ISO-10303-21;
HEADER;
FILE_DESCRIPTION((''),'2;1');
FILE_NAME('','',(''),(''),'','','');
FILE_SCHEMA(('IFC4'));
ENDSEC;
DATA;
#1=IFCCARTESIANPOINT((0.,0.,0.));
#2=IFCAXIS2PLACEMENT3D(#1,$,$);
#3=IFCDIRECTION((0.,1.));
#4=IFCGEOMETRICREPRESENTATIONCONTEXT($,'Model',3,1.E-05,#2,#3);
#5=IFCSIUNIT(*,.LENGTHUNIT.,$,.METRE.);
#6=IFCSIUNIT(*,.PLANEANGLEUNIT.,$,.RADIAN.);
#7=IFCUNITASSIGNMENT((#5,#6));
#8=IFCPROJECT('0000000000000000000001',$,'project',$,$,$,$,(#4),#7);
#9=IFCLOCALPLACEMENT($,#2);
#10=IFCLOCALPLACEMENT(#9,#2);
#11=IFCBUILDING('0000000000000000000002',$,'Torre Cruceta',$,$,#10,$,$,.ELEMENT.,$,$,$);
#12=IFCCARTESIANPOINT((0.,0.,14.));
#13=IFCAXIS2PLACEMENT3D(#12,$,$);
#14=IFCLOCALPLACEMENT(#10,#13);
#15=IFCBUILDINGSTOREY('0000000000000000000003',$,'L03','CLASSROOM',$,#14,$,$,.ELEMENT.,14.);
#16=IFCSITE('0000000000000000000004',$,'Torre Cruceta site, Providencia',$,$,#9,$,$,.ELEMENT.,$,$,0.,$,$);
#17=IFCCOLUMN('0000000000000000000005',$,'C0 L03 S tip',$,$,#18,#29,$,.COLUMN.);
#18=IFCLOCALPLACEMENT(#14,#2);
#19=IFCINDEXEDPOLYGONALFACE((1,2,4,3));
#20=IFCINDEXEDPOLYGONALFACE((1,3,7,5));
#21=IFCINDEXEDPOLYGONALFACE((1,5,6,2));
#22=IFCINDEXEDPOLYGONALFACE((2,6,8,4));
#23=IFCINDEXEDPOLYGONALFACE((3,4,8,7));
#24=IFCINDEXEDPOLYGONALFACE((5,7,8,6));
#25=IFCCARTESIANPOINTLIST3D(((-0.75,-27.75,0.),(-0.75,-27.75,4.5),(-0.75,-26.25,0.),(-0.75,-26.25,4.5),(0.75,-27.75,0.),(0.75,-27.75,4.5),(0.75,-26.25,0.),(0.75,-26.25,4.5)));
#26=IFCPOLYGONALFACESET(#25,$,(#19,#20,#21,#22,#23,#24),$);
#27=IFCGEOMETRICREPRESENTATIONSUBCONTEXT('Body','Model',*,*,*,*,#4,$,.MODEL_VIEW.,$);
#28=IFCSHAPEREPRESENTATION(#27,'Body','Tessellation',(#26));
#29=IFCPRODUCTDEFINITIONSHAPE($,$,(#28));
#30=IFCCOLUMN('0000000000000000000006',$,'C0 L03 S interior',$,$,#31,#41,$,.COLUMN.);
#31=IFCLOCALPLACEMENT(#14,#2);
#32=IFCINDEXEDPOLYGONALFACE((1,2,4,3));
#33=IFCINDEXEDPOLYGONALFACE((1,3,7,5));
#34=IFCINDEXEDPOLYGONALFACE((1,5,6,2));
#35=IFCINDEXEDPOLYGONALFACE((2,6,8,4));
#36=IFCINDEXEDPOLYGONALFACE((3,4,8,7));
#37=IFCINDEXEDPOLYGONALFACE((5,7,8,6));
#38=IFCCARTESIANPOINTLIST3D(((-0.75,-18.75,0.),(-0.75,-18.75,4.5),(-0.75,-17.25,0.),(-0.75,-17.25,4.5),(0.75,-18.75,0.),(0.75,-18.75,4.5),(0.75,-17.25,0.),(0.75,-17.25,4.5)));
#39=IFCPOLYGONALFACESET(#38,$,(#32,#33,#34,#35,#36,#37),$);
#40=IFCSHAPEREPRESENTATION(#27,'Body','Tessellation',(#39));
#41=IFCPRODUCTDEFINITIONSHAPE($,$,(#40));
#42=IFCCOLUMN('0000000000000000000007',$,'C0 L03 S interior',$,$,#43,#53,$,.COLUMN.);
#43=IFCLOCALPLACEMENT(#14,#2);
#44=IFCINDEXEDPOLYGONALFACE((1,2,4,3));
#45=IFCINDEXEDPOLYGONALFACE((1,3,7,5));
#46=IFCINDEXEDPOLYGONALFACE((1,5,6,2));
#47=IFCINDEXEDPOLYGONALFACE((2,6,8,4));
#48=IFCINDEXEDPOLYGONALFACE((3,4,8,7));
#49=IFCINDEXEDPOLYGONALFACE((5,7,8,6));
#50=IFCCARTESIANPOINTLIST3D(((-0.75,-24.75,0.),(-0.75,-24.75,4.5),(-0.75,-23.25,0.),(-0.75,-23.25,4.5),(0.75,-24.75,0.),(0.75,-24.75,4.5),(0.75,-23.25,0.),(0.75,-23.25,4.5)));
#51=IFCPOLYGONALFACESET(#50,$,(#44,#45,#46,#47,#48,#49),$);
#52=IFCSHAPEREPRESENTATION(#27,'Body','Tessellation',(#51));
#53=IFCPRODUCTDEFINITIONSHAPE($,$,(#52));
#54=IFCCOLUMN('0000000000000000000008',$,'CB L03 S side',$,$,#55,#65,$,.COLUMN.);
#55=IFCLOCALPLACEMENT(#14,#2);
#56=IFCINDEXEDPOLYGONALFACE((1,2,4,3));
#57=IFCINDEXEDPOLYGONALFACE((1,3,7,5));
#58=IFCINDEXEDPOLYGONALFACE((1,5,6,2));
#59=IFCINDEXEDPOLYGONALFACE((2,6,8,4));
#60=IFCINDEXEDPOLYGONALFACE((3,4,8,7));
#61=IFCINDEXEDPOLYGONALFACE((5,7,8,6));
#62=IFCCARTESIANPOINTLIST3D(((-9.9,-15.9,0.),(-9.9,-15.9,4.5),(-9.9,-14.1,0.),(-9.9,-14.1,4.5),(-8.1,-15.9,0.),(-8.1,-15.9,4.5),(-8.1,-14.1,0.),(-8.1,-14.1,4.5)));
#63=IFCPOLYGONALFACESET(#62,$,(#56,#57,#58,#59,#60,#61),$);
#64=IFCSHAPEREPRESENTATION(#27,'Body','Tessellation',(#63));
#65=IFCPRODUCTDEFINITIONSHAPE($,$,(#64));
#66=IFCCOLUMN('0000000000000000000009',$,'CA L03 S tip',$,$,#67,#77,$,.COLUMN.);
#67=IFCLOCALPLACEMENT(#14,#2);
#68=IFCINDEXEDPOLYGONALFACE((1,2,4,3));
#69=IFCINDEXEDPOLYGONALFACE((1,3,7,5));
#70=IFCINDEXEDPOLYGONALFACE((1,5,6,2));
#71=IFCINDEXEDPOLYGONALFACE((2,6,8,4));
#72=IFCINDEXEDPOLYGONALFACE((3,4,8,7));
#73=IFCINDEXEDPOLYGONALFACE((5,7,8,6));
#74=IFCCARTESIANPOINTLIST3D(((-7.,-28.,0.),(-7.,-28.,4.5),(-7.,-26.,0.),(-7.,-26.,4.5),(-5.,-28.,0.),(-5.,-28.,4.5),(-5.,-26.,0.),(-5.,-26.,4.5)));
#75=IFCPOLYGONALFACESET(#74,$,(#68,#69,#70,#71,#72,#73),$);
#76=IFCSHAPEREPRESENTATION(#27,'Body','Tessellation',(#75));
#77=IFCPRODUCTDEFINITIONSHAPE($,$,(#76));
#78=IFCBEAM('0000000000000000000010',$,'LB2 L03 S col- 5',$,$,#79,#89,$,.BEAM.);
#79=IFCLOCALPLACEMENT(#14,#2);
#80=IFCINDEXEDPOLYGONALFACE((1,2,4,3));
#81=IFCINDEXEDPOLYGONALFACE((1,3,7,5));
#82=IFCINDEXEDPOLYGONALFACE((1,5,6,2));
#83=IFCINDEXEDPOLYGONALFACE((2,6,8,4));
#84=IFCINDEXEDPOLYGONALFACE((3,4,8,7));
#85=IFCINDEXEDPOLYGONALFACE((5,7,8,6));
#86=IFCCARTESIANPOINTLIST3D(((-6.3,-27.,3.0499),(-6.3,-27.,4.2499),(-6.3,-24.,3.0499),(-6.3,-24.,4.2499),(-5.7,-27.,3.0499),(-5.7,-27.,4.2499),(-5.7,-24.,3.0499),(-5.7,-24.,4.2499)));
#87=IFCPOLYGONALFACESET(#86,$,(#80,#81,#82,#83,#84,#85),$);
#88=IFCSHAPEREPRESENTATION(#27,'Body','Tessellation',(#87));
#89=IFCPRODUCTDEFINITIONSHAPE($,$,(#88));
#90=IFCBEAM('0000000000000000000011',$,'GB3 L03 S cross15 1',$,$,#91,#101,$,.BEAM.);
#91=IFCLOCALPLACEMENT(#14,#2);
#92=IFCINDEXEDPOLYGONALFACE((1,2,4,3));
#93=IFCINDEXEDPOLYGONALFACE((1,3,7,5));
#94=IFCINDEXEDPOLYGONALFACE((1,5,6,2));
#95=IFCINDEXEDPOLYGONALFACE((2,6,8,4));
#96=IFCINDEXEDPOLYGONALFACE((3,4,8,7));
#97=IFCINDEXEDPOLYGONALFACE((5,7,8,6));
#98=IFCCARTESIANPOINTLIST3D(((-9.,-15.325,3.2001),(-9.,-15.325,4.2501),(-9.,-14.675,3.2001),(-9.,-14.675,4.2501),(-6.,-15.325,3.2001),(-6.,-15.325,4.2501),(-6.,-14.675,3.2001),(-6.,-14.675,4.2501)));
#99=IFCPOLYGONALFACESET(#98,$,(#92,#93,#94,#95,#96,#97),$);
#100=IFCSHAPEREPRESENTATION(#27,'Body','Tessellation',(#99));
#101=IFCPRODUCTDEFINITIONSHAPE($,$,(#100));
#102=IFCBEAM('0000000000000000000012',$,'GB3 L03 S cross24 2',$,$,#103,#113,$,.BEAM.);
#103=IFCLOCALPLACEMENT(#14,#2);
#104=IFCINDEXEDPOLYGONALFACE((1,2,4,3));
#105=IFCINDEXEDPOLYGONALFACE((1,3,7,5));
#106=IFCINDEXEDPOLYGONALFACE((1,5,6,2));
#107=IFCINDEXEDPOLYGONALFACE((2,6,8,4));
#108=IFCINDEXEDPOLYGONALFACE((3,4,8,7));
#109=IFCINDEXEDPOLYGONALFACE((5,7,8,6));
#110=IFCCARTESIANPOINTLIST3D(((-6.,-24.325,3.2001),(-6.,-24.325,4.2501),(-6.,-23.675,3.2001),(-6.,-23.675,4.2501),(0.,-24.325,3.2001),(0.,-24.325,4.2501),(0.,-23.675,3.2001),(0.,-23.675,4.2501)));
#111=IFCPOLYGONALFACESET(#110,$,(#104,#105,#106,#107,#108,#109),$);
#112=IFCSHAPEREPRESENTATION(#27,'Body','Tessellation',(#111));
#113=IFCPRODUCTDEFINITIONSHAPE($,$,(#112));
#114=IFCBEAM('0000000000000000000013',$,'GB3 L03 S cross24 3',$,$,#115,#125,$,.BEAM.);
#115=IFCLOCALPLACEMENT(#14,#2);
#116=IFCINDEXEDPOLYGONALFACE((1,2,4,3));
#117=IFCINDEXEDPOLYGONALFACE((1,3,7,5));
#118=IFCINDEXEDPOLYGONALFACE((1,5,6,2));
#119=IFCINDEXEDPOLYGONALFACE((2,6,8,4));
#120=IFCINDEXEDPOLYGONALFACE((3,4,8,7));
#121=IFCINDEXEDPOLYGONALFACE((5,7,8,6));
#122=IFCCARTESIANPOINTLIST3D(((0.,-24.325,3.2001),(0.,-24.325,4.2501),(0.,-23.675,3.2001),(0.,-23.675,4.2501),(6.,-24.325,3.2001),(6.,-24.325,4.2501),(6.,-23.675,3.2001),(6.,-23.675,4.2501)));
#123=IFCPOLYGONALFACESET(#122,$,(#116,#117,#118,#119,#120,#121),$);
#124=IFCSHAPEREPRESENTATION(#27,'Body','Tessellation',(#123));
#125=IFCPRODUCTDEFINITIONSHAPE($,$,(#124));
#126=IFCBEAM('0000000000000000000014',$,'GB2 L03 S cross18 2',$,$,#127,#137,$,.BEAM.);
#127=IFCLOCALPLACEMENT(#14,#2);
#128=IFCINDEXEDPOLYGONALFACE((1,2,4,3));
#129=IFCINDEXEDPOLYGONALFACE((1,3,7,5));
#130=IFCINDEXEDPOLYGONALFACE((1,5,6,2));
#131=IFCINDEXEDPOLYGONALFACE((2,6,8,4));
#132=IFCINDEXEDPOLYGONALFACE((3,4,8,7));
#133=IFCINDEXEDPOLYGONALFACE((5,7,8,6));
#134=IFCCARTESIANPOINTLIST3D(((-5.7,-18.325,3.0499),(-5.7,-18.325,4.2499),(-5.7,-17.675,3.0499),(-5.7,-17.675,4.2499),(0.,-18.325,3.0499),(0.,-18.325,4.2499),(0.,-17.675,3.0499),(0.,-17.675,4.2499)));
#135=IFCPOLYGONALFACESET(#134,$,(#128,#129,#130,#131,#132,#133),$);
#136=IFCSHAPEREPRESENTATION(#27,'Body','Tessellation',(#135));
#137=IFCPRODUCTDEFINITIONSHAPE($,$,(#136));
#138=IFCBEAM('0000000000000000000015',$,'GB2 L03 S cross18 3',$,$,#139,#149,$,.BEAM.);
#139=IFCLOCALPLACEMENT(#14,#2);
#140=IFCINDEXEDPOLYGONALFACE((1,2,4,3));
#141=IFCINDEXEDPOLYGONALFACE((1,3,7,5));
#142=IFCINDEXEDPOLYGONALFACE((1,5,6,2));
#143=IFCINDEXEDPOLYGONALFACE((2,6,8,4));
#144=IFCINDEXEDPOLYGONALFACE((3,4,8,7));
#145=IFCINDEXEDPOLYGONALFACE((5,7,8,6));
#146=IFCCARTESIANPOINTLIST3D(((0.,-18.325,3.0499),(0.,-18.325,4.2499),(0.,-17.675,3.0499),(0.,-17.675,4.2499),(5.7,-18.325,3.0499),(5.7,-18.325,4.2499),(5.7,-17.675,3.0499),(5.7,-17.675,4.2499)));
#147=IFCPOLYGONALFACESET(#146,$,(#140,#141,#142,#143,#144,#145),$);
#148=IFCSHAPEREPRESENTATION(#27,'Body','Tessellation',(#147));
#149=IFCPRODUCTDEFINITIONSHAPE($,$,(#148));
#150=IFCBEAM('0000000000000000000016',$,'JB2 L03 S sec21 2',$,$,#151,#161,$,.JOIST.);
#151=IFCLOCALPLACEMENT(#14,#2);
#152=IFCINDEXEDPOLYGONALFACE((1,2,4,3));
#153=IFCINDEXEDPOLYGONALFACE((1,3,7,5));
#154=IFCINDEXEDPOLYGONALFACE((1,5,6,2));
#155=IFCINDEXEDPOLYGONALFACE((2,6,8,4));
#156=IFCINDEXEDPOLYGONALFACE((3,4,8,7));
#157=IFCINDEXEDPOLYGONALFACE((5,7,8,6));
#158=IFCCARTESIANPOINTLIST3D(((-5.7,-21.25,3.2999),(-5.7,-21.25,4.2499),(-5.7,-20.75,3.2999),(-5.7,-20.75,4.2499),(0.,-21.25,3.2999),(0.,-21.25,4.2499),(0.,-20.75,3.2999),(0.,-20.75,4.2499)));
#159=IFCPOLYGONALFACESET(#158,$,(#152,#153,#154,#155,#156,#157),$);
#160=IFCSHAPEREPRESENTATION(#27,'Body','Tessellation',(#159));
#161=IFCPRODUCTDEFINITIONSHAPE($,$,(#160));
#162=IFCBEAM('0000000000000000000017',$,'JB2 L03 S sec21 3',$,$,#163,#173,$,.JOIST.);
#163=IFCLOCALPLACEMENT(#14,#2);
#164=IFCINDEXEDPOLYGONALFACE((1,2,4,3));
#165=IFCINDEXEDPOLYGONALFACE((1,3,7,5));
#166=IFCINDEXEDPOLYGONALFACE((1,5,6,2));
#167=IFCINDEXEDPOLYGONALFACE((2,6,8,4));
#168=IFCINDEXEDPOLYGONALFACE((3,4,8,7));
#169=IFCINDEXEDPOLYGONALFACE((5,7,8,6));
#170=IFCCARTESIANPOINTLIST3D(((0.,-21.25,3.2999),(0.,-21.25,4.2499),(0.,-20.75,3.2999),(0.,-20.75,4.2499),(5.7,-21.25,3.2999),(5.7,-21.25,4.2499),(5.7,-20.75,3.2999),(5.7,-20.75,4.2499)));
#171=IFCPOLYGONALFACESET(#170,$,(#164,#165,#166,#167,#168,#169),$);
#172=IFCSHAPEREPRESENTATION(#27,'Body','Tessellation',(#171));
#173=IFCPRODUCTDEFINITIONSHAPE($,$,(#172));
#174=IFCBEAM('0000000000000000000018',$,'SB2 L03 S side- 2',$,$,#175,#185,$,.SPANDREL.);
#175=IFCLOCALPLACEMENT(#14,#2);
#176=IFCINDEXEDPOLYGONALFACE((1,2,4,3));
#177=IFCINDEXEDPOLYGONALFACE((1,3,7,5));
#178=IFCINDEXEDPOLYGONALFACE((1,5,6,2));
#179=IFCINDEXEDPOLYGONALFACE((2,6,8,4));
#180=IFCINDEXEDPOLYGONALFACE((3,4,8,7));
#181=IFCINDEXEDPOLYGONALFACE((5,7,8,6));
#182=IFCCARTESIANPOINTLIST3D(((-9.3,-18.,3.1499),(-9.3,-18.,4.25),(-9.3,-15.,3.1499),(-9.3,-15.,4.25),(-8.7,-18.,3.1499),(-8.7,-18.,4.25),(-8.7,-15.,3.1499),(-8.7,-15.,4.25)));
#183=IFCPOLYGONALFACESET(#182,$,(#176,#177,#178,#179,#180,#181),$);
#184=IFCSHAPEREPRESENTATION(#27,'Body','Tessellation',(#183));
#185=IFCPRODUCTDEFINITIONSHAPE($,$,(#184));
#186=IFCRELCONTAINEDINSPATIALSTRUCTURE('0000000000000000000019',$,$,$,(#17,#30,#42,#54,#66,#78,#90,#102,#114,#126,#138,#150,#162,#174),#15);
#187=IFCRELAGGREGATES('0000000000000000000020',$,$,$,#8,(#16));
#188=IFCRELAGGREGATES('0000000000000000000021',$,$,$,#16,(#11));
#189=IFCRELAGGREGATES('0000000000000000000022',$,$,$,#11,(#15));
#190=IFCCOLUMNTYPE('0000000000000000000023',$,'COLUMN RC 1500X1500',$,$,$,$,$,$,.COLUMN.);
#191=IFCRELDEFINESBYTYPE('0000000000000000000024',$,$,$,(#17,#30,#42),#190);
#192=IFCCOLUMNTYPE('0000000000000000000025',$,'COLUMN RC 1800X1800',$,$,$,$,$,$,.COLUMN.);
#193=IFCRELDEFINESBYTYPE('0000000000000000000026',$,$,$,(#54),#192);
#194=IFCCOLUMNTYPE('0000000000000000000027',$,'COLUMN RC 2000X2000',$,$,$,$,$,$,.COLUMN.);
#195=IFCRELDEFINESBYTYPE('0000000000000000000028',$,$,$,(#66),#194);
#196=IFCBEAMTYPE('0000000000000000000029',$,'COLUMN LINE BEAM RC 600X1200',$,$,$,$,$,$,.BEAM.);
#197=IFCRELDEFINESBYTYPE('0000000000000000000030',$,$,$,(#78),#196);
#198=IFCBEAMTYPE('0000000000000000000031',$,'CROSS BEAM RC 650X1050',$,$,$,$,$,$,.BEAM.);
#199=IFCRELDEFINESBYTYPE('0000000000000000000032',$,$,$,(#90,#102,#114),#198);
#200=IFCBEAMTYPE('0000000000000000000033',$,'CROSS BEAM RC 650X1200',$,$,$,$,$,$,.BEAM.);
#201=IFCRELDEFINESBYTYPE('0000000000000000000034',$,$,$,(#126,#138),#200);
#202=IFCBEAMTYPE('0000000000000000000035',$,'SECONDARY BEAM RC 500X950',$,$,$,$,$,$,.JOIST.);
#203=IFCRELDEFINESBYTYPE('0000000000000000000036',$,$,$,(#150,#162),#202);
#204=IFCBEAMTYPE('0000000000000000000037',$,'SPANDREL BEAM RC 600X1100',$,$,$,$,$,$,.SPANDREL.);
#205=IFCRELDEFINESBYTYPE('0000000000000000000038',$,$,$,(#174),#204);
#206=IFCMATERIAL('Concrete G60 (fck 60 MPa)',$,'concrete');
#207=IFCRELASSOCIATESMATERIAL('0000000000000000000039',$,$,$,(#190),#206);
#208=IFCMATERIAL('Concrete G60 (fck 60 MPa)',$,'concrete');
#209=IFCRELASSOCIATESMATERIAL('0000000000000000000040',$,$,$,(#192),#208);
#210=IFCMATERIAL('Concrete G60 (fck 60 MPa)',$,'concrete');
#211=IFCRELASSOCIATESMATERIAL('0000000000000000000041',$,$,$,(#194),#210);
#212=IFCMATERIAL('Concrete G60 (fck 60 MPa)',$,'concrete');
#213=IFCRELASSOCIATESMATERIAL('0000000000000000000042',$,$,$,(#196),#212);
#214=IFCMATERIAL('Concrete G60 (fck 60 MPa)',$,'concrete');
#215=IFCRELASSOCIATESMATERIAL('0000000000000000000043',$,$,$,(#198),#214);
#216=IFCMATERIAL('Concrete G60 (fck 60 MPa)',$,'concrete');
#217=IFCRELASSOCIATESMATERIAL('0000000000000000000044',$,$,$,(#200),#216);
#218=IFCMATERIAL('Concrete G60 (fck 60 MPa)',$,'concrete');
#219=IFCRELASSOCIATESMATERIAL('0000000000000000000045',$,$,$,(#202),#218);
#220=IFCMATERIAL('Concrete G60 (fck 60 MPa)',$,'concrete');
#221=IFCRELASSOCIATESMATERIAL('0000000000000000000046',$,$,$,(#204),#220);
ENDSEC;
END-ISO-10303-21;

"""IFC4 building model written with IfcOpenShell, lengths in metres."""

from ifc_helpers import new_model, si_unit, direction, frame, origin, origin_2d, place, context, subcontext, project, spatial, rectangle, extrude, material, material_profile, profile_set, type_object, element, save


model = new_model("IFC4")

# Units and contexts
model_context = context("Model", 3, precision=1e-05, world=origin(), true_north=direction((0.0, 1.0)))
body_context = subcontext(model_context, "Body", "Model", "MODEL_VIEW")
ifc_project = project(units=[si_unit("LENGTHUNIT", "METRE"), si_unit("PLANEANGLEUNIT", "RADIAN")], contexts=[model_context])

# Site, building, storey
site_placement = place(None, origin())
site = spatial("IfcSite", under=ifc_project, at=site_placement, Name="Torre Cruceta site, Providencia", CompositionType="ELEMENT", RefElevation=0.0)
building_placement = place(site_placement, origin())
building = spatial("IfcBuilding", under=site, at=building_placement, Name="Torre Cruceta", CompositionType="ELEMENT")
storey_placement = place(building_placement, frame((0.0, 0.0, 14.0)))
storey = spatial("IfcBuildingStorey", under=building, at=storey_placement, Name="L03", Description="CLASSROOM", CompositionType="ELEMENT", Elevation=14.0)

# Columns
ifc_material_1 = material(Name="Concrete G60 (fck 60 MPa)", Category="concrete")
ifc_material_profile_1 = material_profile(ifc_material_1, rectangle(XDim=1.5, YDim=1.5, at=origin_2d()), Name="RC 1500X1500")
ifc_profile_set_1 = profile_set([ifc_material_profile_1], Name="Concrete G60 (fck 60 MPa)")
column_type_1 = type_object("IfcColumnType", Name="COLUMN RC 1500X1500", PredefinedType="COLUMN", material=ifc_profile_set_1)
for number, where, z_axis, x_axis, name in (
    (1, (0.0, -27.0, 0.0), (0.0, 0.0, 1.0), (1.0, 0.0, 0.0), "C0 L03 S tip"),
    (2, (0.0, -18.0, 0.0), (0.0, 0.0, 1.0), (1.0, 0.0, 0.0), "C0 L03 S interior"),
    (3, (0.0, -24.0, 0.0), (0.0, 0.0, 1.0), (1.0, 0.0, 0.0), "C0 L03 S interior"),
):
    element("IfcColumn", number, at=place(storey_placement, frame(where, z_axis=z_axis, x_axis=x_axis)), inside=storey, type_object=column_type_1, Name=name, PredefinedType="COLUMN", context=body_context, shape_type="SweptSolid", body=[
        extrude(rectangle(XDim=1.5, YDim=1.5, at=origin_2d()), origin(), (0.0, 0.0, 1.0), 4.5),
    ])
ifc_material_2 = material(Name="Concrete G60 (fck 60 MPa)", Category="concrete")
ifc_material_profile_2 = material_profile(ifc_material_2, rectangle(XDim=1.8, YDim=1.8, at=origin_2d()), Name="RC 1800X1800")
ifc_profile_set_2 = profile_set([ifc_material_profile_2], Name="Concrete G60 (fck 60 MPa)")
column_type_2 = type_object("IfcColumnType", Name="COLUMN RC 1800X1800", PredefinedType="COLUMN", material=ifc_profile_set_2)
column_1_placement = place(storey_placement, frame((-9.0, -15.0, 0.0), z_axis=(0.0, 0.0, 1.0), x_axis=(1.0, 0.0, 0.0)))
element("IfcColumn", 4, at=column_1_placement, inside=storey, type_object=column_type_2, Name="CB L03 S side", PredefinedType="COLUMN", context=body_context, shape_type="SweptSolid", body=[
    extrude(rectangle(XDim=1.8, YDim=1.8, at=origin_2d()), origin(), (0.0, 0.0, 1.0), 4.5),
])
ifc_material_3 = material(Name="Concrete G60 (fck 60 MPa)", Category="concrete")
ifc_material_profile_3 = material_profile(ifc_material_3, rectangle(XDim=2.0, YDim=2.0, at=origin_2d()), Name="RC 2000X2000")
ifc_profile_set_3 = profile_set([ifc_material_profile_3], Name="Concrete G60 (fck 60 MPa)")
column_type_3 = type_object("IfcColumnType", Name="COLUMN RC 2000X2000", PredefinedType="COLUMN", material=ifc_profile_set_3)
column_2_placement = place(storey_placement, frame((-6.0, -27.0, 0.0), z_axis=(0.0, 0.0, 1.0), x_axis=(1.0, 0.0, 0.0)))
element("IfcColumn", 5, at=column_2_placement, inside=storey, type_object=column_type_3, Name="CA L03 S tip", PredefinedType="COLUMN", context=body_context, shape_type="SweptSolid", body=[
    extrude(rectangle(XDim=2.0, YDim=2.0, at=origin_2d()), origin(), (0.0, 0.0, 1.0), 4.5),
])

# Beams
ifc_material_4 = material(Name="Concrete G60 (fck 60 MPa)", Category="concrete")
ifc_material_profile_4 = material_profile(ifc_material_4, rectangle(XDim=0.6001, YDim=1.2, at=origin_2d()), Name="RC 600X1200")
ifc_profile_set_4 = profile_set([ifc_material_profile_4], Name="Concrete G60 (fck 60 MPa)")
beam_type_1 = type_object("IfcBeamType", Name="COLUMN LINE BEAM RC 600X1200", PredefinedType="BEAM", material=ifc_profile_set_4)
beam_1_placement = place(storey_placement, frame((-6.0, -24.0, 3.6499), z_axis=(0.0, -1.0, 0.0), x_axis=(1.0, 0.0, 0.0)))
element("IfcBeam", 6, at=beam_1_placement, inside=storey, type_object=beam_type_1, Name="LB2 L03 S col- 5", PredefinedType="BEAM", context=body_context, shape_type="SweptSolid", body=[
    extrude(rectangle(XDim=0.6001, YDim=1.2, at=origin_2d()), origin(), (0.0, 0.0, 1.0), 3.0),
])
ifc_material_5 = material(Name="Concrete G60 (fck 60 MPa)", Category="concrete")
ifc_material_profile_5 = material_profile(ifc_material_5, rectangle(XDim=0.6499, YDim=1.05, at=origin_2d()), Name="RC 650X1050")
ifc_profile_set_5 = profile_set([ifc_material_profile_5], Name="Concrete G60 (fck 60 MPa)")
beam_type_2 = type_object("IfcBeamType", Name="CROSS BEAM RC 650X1050", PredefinedType="BEAM", material=ifc_profile_set_5)
beam_2_placement = place(storey_placement, frame((-9.0, -15.0, 3.7251), z_axis=(1.0, 0.0, 0.0), x_axis=(0.0, 1.0, 0.0)))
element("IfcBeam", 7, at=beam_2_placement, inside=storey, type_object=beam_type_2, Name="GB3 L03 S cross15 1", PredefinedType="BEAM", context=body_context, shape_type="SweptSolid", body=[
    extrude(rectangle(XDim=0.6499, YDim=1.05, at=origin_2d()), origin(), (0.0, 0.0, 1.0), 3.0),
])
for number, where, z_axis, x_axis, name in (
    (8, (-6.0, -24.0, 3.7251), (1.0, 0.0, 0.0), (0.0, 1.0, 0.0), "GB3 L03 S cross24 2"),
    (9, (0.0, -24.0, 3.7251), (1.0, 0.0, 0.0), (0.0, 1.0, 0.0), "GB3 L03 S cross24 3"),
):
    element("IfcBeam", number, at=place(storey_placement, frame(where, z_axis=z_axis, x_axis=x_axis)), inside=storey, type_object=beam_type_2, Name=name, PredefinedType="BEAM", context=body_context, shape_type="SweptSolid", body=[
        extrude(rectangle(XDim=0.6499, YDim=1.05, at=origin_2d()), origin(), (0.0, 0.0, 1.0), 6.0),
    ])
ifc_material_6 = material(Name="Concrete G60 (fck 60 MPa)", Category="concrete")
ifc_material_profile_6 = material_profile(ifc_material_6, rectangle(XDim=0.6499, YDim=1.2, at=origin_2d()), Name="RC 650X1200")
ifc_profile_set_6 = profile_set([ifc_material_profile_6], Name="Concrete G60 (fck 60 MPa)")
beam_type_3 = type_object("IfcBeamType", Name="CROSS BEAM RC 650X1200", PredefinedType="BEAM", material=ifc_profile_set_6)
for number, where, z_axis, x_axis, name in (
    (10, (-5.7, -18.0, 3.6499), (1.0, 0.0, 0.0), (0.0, 1.0, 0.0), "GB2 L03 S cross18 2"),
    (11, (0.0, -18.0, 3.6499), (1.0, 0.0, 0.0), (0.0, 1.0, 0.0), "GB2 L03 S cross18 3"),
):
    element("IfcBeam", number, at=place(storey_placement, frame(where, z_axis=z_axis, x_axis=x_axis)), inside=storey, type_object=beam_type_3, Name=name, PredefinedType="BEAM", context=body_context, shape_type="SweptSolid", body=[
        extrude(rectangle(XDim=0.6499, YDim=1.2, at=origin_2d()), origin(), (0.0, 0.0, 1.0), 5.7),
    ])
ifc_material_7 = material(Name="Concrete G60 (fck 60 MPa)", Category="concrete")
ifc_material_profile_7 = material_profile(ifc_material_7, rectangle(XDim=0.5, YDim=0.95, at=origin_2d()), Name="RC 500X950")
ifc_profile_set_7 = profile_set([ifc_material_profile_7], Name="Concrete G60 (fck 60 MPa)")
beam_type_4 = type_object("IfcBeamType", Name="SECONDARY BEAM RC 500X950", PredefinedType="JOIST", material=ifc_profile_set_7)
for number, where, z_axis, x_axis, name in (
    (12, (-5.7, -21.0, 3.7749), (1.0, 0.0, 0.0), (0.0, 1.0, 0.0), "JB2 L03 S sec21 2"),
    (13, (0.0, -21.0, 3.7749), (1.0, 0.0, 0.0), (0.0, 1.0, 0.0), "JB2 L03 S sec21 3"),
):
    element("IfcBeam", number, at=place(storey_placement, frame(where, z_axis=z_axis, x_axis=x_axis)), inside=storey, type_object=beam_type_4, Name=name, PredefinedType="JOIST", context=body_context, shape_type="SweptSolid", body=[
        extrude(rectangle(XDim=0.5, YDim=0.95, at=origin_2d()), origin(), (0.0, 0.0, 1.0), 5.7),
    ])
ifc_material_8 = material(Name="Concrete G60 (fck 60 MPa)", Category="concrete")
ifc_material_profile_8 = material_profile(ifc_material_8, rectangle(XDim=0.6001, YDim=1.1001, at=origin_2d()), Name="RC 600X1100")
ifc_profile_set_8 = profile_set([ifc_material_profile_8], Name="Concrete G60 (fck 60 MPa)")
beam_type_5 = type_object("IfcBeamType", Name="SPANDREL BEAM RC 600X1100", PredefinedType="SPANDREL", material=ifc_profile_set_8)
beam_3_placement = place(storey_placement, frame((-9.0, -15.0, 3.7), z_axis=(0.0, -1.0, 0.0), x_axis=(1.0, 0.0, 0.0)))
element("IfcBeam", 14, at=beam_3_placement, inside=storey, type_object=beam_type_5, Name="SB2 L03 S side- 2", PredefinedType="SPANDREL", context=body_context, shape_type="SweptSolid", body=[
    extrude(rectangle(XDim=0.6001, YDim=1.1001, at=origin_2d()), origin(), (0.0, 0.0, 1.0), 3.0),
])

save(model, "model.ifc")
